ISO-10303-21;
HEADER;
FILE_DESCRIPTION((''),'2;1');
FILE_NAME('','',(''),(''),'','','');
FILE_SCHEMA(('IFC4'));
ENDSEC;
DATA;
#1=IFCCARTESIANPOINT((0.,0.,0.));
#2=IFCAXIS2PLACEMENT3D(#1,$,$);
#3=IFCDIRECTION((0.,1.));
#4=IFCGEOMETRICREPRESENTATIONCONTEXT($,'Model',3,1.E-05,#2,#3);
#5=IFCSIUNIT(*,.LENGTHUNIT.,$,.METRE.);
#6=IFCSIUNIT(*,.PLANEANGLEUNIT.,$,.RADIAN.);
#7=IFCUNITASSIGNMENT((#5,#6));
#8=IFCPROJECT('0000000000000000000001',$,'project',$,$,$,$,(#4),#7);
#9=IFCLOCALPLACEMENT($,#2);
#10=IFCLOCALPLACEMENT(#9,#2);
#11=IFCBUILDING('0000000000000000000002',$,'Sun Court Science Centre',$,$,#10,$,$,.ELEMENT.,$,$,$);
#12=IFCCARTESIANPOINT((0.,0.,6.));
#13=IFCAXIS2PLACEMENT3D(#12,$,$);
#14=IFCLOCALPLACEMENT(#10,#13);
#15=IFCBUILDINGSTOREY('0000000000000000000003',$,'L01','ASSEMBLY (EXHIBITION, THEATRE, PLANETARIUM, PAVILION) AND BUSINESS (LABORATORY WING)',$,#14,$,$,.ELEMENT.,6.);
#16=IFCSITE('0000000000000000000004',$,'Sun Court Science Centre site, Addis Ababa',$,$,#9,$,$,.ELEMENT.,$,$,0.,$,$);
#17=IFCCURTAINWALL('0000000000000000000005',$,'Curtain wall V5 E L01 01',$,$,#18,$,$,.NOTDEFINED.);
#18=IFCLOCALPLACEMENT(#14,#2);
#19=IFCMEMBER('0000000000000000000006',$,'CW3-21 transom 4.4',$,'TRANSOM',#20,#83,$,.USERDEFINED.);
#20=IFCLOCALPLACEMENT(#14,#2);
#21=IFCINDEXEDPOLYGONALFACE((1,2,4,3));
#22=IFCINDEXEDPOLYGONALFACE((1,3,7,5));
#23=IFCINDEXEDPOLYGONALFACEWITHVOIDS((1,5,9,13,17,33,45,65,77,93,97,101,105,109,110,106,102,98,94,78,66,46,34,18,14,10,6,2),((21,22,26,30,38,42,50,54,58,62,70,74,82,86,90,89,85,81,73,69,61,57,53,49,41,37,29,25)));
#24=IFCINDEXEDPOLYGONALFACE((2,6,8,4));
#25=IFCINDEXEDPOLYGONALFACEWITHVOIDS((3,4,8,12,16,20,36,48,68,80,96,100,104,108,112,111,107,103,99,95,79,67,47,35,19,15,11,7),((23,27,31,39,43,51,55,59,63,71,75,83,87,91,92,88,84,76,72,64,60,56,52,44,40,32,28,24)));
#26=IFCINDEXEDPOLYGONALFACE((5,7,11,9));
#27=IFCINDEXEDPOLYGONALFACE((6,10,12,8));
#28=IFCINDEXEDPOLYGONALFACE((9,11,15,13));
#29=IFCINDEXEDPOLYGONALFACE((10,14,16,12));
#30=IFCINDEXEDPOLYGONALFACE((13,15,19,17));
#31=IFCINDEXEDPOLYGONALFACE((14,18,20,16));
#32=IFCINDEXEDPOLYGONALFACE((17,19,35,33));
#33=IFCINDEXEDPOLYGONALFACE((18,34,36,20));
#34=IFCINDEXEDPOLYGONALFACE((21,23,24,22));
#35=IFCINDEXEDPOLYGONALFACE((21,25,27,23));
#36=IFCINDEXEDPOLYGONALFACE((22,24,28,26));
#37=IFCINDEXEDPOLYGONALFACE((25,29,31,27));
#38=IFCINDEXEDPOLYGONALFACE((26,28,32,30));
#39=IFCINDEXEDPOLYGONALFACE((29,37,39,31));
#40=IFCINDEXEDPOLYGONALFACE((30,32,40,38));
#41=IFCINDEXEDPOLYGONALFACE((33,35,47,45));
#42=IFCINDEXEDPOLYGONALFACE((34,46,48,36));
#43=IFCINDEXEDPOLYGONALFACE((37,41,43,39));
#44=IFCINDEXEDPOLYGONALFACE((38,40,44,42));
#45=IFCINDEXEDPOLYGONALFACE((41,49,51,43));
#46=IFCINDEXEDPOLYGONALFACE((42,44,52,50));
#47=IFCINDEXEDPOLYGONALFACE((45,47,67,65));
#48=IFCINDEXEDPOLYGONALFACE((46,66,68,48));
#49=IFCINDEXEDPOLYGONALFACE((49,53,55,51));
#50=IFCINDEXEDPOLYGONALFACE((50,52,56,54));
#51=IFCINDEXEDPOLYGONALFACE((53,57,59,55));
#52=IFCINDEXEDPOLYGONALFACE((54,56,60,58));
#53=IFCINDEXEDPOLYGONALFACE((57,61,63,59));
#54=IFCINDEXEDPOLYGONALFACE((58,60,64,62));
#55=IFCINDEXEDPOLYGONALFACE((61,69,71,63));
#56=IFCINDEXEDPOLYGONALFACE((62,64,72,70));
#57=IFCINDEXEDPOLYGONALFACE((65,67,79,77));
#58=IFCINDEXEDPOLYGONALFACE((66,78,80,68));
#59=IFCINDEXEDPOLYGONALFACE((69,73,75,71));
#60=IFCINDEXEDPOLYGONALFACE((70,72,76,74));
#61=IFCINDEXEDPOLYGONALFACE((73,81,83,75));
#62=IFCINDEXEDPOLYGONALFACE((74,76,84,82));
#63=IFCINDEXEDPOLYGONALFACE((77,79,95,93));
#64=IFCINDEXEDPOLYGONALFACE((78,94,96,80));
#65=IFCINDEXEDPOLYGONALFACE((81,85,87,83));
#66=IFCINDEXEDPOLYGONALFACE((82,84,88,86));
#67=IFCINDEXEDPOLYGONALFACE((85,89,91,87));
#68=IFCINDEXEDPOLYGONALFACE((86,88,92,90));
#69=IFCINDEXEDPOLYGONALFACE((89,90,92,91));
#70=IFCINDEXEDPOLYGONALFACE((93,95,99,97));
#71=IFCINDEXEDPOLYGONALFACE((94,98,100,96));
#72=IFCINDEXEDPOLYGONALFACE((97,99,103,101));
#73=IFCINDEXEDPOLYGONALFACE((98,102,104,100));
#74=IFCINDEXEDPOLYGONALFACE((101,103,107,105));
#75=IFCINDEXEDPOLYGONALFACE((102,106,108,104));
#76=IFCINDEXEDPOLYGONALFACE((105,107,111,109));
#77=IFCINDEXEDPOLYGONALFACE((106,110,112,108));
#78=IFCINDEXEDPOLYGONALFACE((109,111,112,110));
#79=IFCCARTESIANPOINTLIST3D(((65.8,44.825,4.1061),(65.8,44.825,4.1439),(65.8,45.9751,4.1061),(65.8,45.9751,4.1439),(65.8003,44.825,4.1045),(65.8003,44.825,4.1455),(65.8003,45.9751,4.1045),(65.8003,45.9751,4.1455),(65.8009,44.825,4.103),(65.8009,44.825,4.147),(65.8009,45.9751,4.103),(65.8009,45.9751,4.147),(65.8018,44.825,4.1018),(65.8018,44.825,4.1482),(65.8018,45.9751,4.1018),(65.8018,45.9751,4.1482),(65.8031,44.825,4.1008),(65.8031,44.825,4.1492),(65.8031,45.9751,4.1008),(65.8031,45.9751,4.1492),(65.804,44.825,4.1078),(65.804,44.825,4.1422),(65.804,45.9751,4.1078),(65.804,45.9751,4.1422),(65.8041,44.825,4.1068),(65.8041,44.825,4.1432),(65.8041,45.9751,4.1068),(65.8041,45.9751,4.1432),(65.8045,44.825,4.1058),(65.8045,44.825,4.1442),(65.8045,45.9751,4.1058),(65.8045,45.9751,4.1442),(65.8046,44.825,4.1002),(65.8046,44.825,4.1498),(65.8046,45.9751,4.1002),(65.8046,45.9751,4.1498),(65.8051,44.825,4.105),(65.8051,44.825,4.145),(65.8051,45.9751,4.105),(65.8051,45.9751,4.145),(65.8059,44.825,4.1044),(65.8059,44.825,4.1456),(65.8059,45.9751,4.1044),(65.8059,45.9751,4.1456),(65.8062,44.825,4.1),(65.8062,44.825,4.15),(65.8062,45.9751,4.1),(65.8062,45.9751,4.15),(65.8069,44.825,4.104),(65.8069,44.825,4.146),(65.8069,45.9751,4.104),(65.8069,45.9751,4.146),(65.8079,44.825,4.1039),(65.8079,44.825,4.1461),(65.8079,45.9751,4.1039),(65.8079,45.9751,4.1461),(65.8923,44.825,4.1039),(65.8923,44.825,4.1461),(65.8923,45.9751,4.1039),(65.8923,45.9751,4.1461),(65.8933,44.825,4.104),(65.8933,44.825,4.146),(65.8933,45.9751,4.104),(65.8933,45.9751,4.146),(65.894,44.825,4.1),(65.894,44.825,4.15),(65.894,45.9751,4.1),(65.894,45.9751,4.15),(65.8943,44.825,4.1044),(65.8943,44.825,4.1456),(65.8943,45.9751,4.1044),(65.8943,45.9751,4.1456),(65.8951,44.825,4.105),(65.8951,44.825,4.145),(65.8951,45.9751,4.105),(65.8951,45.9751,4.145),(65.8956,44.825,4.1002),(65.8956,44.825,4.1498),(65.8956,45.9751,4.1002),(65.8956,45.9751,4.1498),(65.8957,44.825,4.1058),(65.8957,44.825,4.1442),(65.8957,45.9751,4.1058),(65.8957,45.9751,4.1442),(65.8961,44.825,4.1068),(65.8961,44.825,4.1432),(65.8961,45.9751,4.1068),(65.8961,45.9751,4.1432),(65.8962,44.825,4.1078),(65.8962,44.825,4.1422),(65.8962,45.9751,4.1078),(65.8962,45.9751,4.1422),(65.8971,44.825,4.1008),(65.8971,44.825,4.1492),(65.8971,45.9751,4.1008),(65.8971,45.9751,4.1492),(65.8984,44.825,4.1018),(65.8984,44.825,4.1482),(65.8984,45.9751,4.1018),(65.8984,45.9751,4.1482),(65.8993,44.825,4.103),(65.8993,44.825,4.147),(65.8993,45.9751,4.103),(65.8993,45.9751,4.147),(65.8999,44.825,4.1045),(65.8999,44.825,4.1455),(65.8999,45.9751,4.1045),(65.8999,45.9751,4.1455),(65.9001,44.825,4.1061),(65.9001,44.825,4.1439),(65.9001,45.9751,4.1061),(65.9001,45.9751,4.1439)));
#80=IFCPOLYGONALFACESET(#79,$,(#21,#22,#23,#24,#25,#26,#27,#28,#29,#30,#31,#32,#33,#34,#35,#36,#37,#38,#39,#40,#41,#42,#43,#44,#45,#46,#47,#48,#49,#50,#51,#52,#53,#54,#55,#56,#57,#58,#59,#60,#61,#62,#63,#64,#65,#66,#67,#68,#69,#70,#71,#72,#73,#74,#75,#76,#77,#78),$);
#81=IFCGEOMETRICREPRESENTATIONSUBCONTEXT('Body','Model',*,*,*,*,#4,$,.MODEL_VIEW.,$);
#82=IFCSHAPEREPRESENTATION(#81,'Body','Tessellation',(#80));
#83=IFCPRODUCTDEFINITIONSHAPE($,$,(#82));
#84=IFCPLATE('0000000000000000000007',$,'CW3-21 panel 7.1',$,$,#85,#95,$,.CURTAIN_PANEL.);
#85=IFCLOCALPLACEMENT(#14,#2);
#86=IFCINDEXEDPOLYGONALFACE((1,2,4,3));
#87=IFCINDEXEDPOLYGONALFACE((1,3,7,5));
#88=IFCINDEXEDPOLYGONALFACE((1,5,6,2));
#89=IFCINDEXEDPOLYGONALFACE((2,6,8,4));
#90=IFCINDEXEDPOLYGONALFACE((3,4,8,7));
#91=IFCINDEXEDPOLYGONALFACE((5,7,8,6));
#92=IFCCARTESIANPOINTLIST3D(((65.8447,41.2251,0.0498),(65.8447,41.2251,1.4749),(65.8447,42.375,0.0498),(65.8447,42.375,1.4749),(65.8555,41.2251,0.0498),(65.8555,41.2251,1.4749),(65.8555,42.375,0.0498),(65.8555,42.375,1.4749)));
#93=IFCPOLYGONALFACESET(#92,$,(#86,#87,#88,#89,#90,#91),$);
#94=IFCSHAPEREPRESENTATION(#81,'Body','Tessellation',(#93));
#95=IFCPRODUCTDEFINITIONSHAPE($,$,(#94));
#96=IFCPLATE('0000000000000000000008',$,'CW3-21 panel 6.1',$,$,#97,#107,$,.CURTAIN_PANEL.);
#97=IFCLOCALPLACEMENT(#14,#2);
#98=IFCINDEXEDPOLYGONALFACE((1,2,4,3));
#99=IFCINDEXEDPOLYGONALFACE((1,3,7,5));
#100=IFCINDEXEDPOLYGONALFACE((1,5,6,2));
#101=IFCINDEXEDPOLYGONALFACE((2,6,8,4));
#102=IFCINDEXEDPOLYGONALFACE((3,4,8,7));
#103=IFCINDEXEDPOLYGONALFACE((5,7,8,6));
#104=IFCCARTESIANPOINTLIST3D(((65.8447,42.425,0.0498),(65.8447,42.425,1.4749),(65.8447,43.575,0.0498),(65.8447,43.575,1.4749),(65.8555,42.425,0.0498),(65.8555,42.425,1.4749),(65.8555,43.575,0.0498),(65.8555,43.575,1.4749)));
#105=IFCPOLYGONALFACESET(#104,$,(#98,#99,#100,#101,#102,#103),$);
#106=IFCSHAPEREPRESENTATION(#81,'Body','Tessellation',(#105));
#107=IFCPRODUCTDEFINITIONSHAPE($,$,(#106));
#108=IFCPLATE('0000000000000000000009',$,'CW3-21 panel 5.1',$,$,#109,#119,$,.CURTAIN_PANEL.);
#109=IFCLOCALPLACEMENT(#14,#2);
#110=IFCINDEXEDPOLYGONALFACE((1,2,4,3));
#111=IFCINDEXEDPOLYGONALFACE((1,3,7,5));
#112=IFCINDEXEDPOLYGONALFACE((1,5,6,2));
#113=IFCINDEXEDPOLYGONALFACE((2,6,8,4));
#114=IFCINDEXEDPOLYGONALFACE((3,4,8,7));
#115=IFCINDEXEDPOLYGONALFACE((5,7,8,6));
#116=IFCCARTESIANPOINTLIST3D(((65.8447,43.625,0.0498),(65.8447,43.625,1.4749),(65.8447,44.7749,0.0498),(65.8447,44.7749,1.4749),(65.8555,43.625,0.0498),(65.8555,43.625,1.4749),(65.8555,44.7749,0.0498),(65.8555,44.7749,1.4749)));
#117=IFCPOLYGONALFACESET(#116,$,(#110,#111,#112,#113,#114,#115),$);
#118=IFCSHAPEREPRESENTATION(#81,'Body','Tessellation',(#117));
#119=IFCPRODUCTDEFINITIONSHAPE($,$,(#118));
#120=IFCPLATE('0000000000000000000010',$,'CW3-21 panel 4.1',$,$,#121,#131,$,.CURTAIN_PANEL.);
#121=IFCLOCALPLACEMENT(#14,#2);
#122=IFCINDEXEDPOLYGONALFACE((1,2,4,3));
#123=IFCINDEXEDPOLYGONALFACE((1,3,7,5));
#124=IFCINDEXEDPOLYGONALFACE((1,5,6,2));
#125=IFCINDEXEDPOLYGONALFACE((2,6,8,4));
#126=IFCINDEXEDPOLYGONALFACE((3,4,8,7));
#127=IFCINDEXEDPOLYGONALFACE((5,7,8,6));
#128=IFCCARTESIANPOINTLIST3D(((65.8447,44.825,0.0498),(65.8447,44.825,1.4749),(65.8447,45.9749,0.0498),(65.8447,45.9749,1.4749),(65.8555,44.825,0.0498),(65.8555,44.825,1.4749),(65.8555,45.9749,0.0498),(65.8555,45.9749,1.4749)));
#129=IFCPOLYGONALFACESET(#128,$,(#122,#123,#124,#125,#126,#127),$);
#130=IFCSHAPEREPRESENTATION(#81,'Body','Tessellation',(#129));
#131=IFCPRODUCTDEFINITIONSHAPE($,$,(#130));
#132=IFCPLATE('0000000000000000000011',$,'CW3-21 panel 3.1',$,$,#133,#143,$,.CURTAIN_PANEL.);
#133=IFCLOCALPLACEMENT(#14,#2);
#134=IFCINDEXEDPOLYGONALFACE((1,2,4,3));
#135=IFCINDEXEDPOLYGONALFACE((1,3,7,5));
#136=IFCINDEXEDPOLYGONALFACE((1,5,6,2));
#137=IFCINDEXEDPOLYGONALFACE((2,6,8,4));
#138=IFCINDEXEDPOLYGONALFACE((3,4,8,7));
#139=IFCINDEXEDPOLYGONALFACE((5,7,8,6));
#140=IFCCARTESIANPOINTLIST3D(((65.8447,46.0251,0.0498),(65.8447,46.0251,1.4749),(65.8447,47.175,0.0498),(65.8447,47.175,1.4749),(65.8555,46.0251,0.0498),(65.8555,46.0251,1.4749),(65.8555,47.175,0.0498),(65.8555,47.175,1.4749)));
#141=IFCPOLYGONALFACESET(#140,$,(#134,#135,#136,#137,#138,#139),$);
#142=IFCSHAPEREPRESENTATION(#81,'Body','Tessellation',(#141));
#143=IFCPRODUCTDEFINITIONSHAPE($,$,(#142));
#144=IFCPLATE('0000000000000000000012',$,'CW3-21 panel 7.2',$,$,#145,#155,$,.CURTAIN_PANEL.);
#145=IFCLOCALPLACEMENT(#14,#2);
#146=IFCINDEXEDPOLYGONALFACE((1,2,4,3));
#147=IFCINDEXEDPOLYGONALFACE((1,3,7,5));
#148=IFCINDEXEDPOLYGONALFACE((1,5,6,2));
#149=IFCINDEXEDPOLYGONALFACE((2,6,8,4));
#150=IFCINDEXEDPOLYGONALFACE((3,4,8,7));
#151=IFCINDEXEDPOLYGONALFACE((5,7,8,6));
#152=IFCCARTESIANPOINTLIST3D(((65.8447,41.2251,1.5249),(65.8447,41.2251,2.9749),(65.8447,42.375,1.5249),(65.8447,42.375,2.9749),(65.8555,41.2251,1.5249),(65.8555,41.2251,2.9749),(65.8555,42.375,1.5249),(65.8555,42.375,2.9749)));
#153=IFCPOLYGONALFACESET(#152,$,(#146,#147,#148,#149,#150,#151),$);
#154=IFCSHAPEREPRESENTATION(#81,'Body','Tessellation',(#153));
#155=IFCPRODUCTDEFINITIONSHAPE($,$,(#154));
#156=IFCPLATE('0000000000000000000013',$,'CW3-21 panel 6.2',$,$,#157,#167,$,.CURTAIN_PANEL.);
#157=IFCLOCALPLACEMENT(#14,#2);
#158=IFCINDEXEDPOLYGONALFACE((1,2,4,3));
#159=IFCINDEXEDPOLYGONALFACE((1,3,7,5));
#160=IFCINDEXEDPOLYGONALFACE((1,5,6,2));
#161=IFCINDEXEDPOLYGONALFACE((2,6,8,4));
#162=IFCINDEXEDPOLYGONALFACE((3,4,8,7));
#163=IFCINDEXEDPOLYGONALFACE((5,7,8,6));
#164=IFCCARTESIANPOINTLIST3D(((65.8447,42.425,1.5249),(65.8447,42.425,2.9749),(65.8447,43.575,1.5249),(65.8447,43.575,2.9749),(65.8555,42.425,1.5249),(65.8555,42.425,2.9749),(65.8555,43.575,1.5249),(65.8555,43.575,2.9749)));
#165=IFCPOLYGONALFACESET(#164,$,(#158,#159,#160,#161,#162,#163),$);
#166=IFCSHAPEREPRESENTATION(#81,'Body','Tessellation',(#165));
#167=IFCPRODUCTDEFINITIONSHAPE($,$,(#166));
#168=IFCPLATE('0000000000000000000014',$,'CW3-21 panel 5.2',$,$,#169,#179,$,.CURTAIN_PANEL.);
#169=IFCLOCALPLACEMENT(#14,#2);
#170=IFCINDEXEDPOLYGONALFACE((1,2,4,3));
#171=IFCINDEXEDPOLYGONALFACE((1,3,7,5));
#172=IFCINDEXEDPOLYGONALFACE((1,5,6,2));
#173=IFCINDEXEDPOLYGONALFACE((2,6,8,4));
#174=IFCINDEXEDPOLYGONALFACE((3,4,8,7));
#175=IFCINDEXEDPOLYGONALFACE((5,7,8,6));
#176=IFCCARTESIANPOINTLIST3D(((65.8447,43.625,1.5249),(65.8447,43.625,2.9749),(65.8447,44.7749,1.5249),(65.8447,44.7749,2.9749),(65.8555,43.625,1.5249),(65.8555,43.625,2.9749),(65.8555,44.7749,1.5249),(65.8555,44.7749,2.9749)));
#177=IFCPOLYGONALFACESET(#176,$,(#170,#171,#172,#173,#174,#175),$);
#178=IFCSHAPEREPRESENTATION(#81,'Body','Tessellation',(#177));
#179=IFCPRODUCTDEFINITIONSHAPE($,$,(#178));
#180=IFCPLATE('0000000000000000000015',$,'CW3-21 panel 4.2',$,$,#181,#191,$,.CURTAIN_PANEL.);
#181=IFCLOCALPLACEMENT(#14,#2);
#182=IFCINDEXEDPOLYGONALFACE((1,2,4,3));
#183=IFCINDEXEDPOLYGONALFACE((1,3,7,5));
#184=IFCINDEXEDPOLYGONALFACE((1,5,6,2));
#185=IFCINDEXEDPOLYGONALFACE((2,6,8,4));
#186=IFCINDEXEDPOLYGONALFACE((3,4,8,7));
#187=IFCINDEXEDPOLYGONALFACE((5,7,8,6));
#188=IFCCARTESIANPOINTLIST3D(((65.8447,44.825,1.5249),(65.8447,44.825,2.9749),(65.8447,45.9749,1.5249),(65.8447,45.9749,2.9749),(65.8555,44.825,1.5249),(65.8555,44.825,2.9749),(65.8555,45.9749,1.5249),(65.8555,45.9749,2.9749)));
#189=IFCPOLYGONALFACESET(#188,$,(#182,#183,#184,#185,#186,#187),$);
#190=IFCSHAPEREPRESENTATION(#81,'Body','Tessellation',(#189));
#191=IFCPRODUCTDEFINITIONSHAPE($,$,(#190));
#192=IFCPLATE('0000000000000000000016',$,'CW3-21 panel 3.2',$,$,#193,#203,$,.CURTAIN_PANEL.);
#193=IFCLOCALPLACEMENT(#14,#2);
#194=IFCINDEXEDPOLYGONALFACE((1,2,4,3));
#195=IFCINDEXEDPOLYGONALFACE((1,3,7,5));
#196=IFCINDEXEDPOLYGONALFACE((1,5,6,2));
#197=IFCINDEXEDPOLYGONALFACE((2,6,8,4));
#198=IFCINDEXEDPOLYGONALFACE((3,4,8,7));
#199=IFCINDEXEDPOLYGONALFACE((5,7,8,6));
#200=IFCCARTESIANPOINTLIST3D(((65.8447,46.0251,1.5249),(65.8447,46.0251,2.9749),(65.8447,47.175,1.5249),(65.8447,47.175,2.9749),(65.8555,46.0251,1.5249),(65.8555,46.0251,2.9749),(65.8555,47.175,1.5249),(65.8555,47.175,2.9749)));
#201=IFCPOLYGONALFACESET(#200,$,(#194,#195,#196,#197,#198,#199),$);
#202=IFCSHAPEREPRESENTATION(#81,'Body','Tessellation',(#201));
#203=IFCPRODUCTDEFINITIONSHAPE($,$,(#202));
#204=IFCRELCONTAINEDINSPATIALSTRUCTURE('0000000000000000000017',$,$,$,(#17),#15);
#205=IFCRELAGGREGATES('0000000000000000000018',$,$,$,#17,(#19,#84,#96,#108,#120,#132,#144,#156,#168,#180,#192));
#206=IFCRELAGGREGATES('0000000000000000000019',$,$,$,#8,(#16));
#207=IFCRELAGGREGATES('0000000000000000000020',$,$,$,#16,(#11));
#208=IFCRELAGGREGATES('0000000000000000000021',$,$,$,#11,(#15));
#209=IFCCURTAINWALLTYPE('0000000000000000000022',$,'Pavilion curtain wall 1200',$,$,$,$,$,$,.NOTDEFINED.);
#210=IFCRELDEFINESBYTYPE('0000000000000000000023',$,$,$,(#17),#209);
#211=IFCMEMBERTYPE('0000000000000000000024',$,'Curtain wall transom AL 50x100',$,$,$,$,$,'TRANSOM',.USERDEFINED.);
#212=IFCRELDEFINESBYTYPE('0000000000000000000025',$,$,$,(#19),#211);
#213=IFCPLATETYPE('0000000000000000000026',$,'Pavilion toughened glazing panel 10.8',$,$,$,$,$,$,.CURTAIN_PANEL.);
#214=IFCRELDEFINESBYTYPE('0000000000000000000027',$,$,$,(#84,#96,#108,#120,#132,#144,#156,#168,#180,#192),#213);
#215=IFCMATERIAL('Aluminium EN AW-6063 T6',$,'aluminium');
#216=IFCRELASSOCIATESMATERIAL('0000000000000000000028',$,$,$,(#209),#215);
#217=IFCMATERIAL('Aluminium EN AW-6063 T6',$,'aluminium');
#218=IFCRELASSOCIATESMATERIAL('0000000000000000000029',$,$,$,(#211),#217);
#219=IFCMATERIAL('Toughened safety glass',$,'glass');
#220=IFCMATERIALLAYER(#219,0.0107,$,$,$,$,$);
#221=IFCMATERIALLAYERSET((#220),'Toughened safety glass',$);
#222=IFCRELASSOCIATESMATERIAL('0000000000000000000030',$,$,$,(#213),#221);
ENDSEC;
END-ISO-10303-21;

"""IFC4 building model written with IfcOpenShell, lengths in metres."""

from ifc_helpers import new_model, si_unit, direction, frame, origin, origin_2d, place, context, subcontext, project, spatial, rectangle, hollow_rectangle, extrude, material, layer, layer_set, material_profile, profile_set, type_object, element, aggregate, save


model = new_model("IFC4")

# Units and contexts
model_context = context("Model", 3, precision=1e-05, world=origin(), true_north=direction((0.0, 1.0)))
body_context = subcontext(model_context, "Body", "Model", "MODEL_VIEW")
ifc_project = project(units=[si_unit("LENGTHUNIT", "METRE"), si_unit("PLANEANGLEUNIT", "RADIAN")], contexts=[model_context])

# Site, building, storey
site_placement = place(None, origin())
site = spatial("IfcSite", under=ifc_project, at=site_placement, Name="Sun Court Science Centre site, Addis Ababa", CompositionType="ELEMENT", RefElevation=0.0)
building_placement = place(site_placement, origin())
building = spatial("IfcBuilding", under=site, at=building_placement, Name="Sun Court Science Centre", CompositionType="ELEMENT")
storey_placement = place(building_placement, frame((0.0, 0.0, 6.0)))
storey = spatial("IfcBuildingStorey", under=building, at=storey_placement, Name="L01", Description="ASSEMBLY (EXHIBITION, THEATRE, PLANETARIUM, PAVILION) AND BUSINESS (LABORATORY WING)", CompositionType="ELEMENT", Elevation=6.0)

# Curtain wall, member, plates
ifc_material_1 = material(Name="Aluminium EN AW-6063 T6", Category="aluminium")
curtain_wall_type = type_object("IfcCurtainWallType", Name="Pavilion curtain wall 1200", PredefinedType="NOTDEFINED", material=ifc_material_1)
curtain_wall_placement = place(storey_placement, origin())
curtain_wall = element("IfcCurtainWall", 1, at=curtain_wall_placement, inside=storey, type_object=curtain_wall_type, Name="Curtain wall V5 E L01 01", PredefinedType="NOTDEFINED")
ifc_material_2 = material(Name="Aluminium EN AW-6063 T6", Category="aluminium")
ifc_material_profile_1 = material_profile(ifc_material_2, hollow_rectangle(XDim=0.05, YDim=0.1001, WallThickness=0.0039, InnerFilletRadius=0.0039, OuterFilletRadius=0.0061, at=origin_2d()), Name="AL 50x100x4")
ifc_profile_set_1 = profile_set([ifc_material_profile_1], Name="Aluminium EN AW-6063 T6")
member_type_1 = type_object("IfcMemberType", Name="Curtain wall transom AL 50x100", ElementType="TRANSOM", PredefinedType="USERDEFINED", material=ifc_profile_set_1)
member_1_placement = place(storey_placement, frame((65.8501, 45.9751, 4.125), z_axis=(0.0, -1.0, 0.0), x_axis=(0.0, 0.0, 1.0)))
member_1 = element("IfcMember", 2, at=member_1_placement, type_object=member_type_1, Name="CW3-21 transom 4.4", ObjectType="TRANSOM", PredefinedType="USERDEFINED", context=body_context, shape_type="SweptSolid", body=[
    extrude(hollow_rectangle(XDim=0.05, YDim=0.1001, WallThickness=0.0039, InnerFilletRadius=0.0039, OuterFilletRadius=0.0061, at=origin_2d()), origin(), (0.0, 0.0, 1.0), 1.1501),
])
ifc_material_3 = material(Name="Toughened safety glass", Category="glass")
ifc_layer = layer(ifc_material_3, 0.0107)
ifc_layer_set = layer_set([ifc_layer], Name="Toughened safety glass")
plate_type = type_object("IfcPlateType", Name="Pavilion toughened glazing panel 10.8", PredefinedType="CURTAIN_PANEL", material=ifc_layer_set)
plate_1_placement = place(storey_placement, frame((65.8501, 41.8, 0.0498), z_axis=(0.0, 0.0, 1.0), x_axis=(0.0, -1.0, 0.0)))
plate_1 = element("IfcPlate", 3, at=plate_1_placement, type_object=plate_type, Name="CW3-21 panel 7.1", PredefinedType="CURTAIN_PANEL", context=body_context, shape_type="SweptSolid", body=[
    extrude(rectangle(XDim=1.1499, YDim=0.0107, at=origin_2d()), origin(), (0.0, 0.0, 1.0), 1.425),
])
plate_2_placement = place(storey_placement, frame((65.8501, 43.0, 0.0498), z_axis=(0.0, 0.0, 1.0), x_axis=(0.0, -1.0, 0.0)))
plate_2 = element("IfcPlate", 4, at=plate_2_placement, type_object=plate_type, Name="CW3-21 panel 6.1", PredefinedType="CURTAIN_PANEL", context=body_context, shape_type="SweptSolid", body=[
    extrude(rectangle(XDim=1.1499, YDim=0.0107, at=origin_2d()), origin(), (0.0, 0.0, 1.0), 1.425),
])
plate_3_placement = place(storey_placement, frame((65.8501, 44.2, 0.0498), z_axis=(0.0, 0.0, 1.0), x_axis=(0.0, -1.0, 0.0)))
plate_3 = element("IfcPlate", 5, at=plate_3_placement, type_object=plate_type, Name="CW3-21 panel 5.1", PredefinedType="CURTAIN_PANEL", context=body_context, shape_type="SweptSolid", body=[
    extrude(rectangle(XDim=1.1499, YDim=0.0107, at=origin_2d()), origin(), (0.0, 0.0, 1.0), 1.425),
])
plate_4_placement = place(storey_placement, frame((65.8501, 45.3999, 0.0498), z_axis=(0.0, 0.0, 1.0), x_axis=(0.0, -1.0, 0.0)))
plate_4 = element("IfcPlate", 6, at=plate_4_placement, type_object=plate_type, Name="CW3-21 panel 4.1", PredefinedType="CURTAIN_PANEL", context=body_context, shape_type="SweptSolid", body=[
    extrude(rectangle(XDim=1.1499, YDim=0.0107, at=origin_2d()), origin(), (0.0, 0.0, 1.0), 1.425),
])
plate_5_placement = place(storey_placement, frame((65.8501, 46.6001, 0.0498), z_axis=(0.0, 0.0, 1.0), x_axis=(0.0, -1.0, 0.0)))
plate_5 = element("IfcPlate", 7, at=plate_5_placement, type_object=plate_type, Name="CW3-21 panel 3.1", PredefinedType="CURTAIN_PANEL", context=body_context, shape_type="SweptSolid", body=[
    extrude(rectangle(XDim=1.1499, YDim=0.0107, at=origin_2d()), origin(), (0.0, 0.0, 1.0), 1.425),
])
plate_6_placement = place(storey_placement, frame((65.8501, 41.8, 1.5249), z_axis=(0.0, 0.0, 1.0), x_axis=(0.0, -1.0, 0.0)))
plate_6 = element("IfcPlate", 8, at=plate_6_placement, type_object=plate_type, Name="CW3-21 panel 7.2", PredefinedType="CURTAIN_PANEL", context=body_context, shape_type="SweptSolid", body=[
    extrude(rectangle(XDim=1.1499, YDim=0.0107, at=origin_2d()), origin(), (0.0, 0.0, 1.0), 1.45),
])
plate_7_placement = place(storey_placement, frame((65.8501, 43.0, 1.5249), z_axis=(0.0, 0.0, 1.0), x_axis=(0.0, -1.0, 0.0)))
plate_7 = element("IfcPlate", 9, at=plate_7_placement, type_object=plate_type, Name="CW3-21 panel 6.2", PredefinedType="CURTAIN_PANEL", context=body_context, shape_type="SweptSolid", body=[
    extrude(rectangle(XDim=1.1499, YDim=0.0107, at=origin_2d()), origin(), (0.0, 0.0, 1.0), 1.45),
])
plate_8_placement = place(storey_placement, frame((65.8501, 44.2, 1.5249), z_axis=(0.0, 0.0, 1.0), x_axis=(0.0, -1.0, 0.0)))
plate_8 = element("IfcPlate", 10, at=plate_8_placement, type_object=plate_type, Name="CW3-21 panel 5.2", PredefinedType="CURTAIN_PANEL", context=body_context, shape_type="SweptSolid", body=[
    extrude(rectangle(XDim=1.1499, YDim=0.0107, at=origin_2d()), origin(), (0.0, 0.0, 1.0), 1.45),
])
plate_9_placement = place(storey_placement, frame((65.8501, 45.3999, 1.5249), z_axis=(0.0, 0.0, 1.0), x_axis=(0.0, -1.0, 0.0)))
plate_9 = element("IfcPlate", 11, at=plate_9_placement, type_object=plate_type, Name="CW3-21 panel 4.2", PredefinedType="CURTAIN_PANEL", context=body_context, shape_type="SweptSolid", body=[
    extrude(rectangle(XDim=1.1499, YDim=0.0107, at=origin_2d()), origin(), (0.0, 0.0, 1.0), 1.45),
])
plate_10_placement = place(storey_placement, frame((65.8501, 46.6001, 1.5249), z_axis=(0.0, 0.0, 1.0), x_axis=(0.0, -1.0, 0.0)))
plate_10 = element("IfcPlate", 12, at=plate_10_placement, type_object=plate_type, Name="CW3-21 panel 3.2", PredefinedType="CURTAIN_PANEL", context=body_context, shape_type="SweptSolid", body=[
    extrude(rectangle(XDim=1.1499, YDim=0.0107, at=origin_2d()), origin(), (0.0, 0.0, 1.0), 1.45),
])
aggregate(curtain_wall, [member_1, plate_1, plate_2, plate_3, plate_4, plate_5, plate_6, plate_7, plate_8, plate_9, plate_10])

save(model, "model.ifc")
